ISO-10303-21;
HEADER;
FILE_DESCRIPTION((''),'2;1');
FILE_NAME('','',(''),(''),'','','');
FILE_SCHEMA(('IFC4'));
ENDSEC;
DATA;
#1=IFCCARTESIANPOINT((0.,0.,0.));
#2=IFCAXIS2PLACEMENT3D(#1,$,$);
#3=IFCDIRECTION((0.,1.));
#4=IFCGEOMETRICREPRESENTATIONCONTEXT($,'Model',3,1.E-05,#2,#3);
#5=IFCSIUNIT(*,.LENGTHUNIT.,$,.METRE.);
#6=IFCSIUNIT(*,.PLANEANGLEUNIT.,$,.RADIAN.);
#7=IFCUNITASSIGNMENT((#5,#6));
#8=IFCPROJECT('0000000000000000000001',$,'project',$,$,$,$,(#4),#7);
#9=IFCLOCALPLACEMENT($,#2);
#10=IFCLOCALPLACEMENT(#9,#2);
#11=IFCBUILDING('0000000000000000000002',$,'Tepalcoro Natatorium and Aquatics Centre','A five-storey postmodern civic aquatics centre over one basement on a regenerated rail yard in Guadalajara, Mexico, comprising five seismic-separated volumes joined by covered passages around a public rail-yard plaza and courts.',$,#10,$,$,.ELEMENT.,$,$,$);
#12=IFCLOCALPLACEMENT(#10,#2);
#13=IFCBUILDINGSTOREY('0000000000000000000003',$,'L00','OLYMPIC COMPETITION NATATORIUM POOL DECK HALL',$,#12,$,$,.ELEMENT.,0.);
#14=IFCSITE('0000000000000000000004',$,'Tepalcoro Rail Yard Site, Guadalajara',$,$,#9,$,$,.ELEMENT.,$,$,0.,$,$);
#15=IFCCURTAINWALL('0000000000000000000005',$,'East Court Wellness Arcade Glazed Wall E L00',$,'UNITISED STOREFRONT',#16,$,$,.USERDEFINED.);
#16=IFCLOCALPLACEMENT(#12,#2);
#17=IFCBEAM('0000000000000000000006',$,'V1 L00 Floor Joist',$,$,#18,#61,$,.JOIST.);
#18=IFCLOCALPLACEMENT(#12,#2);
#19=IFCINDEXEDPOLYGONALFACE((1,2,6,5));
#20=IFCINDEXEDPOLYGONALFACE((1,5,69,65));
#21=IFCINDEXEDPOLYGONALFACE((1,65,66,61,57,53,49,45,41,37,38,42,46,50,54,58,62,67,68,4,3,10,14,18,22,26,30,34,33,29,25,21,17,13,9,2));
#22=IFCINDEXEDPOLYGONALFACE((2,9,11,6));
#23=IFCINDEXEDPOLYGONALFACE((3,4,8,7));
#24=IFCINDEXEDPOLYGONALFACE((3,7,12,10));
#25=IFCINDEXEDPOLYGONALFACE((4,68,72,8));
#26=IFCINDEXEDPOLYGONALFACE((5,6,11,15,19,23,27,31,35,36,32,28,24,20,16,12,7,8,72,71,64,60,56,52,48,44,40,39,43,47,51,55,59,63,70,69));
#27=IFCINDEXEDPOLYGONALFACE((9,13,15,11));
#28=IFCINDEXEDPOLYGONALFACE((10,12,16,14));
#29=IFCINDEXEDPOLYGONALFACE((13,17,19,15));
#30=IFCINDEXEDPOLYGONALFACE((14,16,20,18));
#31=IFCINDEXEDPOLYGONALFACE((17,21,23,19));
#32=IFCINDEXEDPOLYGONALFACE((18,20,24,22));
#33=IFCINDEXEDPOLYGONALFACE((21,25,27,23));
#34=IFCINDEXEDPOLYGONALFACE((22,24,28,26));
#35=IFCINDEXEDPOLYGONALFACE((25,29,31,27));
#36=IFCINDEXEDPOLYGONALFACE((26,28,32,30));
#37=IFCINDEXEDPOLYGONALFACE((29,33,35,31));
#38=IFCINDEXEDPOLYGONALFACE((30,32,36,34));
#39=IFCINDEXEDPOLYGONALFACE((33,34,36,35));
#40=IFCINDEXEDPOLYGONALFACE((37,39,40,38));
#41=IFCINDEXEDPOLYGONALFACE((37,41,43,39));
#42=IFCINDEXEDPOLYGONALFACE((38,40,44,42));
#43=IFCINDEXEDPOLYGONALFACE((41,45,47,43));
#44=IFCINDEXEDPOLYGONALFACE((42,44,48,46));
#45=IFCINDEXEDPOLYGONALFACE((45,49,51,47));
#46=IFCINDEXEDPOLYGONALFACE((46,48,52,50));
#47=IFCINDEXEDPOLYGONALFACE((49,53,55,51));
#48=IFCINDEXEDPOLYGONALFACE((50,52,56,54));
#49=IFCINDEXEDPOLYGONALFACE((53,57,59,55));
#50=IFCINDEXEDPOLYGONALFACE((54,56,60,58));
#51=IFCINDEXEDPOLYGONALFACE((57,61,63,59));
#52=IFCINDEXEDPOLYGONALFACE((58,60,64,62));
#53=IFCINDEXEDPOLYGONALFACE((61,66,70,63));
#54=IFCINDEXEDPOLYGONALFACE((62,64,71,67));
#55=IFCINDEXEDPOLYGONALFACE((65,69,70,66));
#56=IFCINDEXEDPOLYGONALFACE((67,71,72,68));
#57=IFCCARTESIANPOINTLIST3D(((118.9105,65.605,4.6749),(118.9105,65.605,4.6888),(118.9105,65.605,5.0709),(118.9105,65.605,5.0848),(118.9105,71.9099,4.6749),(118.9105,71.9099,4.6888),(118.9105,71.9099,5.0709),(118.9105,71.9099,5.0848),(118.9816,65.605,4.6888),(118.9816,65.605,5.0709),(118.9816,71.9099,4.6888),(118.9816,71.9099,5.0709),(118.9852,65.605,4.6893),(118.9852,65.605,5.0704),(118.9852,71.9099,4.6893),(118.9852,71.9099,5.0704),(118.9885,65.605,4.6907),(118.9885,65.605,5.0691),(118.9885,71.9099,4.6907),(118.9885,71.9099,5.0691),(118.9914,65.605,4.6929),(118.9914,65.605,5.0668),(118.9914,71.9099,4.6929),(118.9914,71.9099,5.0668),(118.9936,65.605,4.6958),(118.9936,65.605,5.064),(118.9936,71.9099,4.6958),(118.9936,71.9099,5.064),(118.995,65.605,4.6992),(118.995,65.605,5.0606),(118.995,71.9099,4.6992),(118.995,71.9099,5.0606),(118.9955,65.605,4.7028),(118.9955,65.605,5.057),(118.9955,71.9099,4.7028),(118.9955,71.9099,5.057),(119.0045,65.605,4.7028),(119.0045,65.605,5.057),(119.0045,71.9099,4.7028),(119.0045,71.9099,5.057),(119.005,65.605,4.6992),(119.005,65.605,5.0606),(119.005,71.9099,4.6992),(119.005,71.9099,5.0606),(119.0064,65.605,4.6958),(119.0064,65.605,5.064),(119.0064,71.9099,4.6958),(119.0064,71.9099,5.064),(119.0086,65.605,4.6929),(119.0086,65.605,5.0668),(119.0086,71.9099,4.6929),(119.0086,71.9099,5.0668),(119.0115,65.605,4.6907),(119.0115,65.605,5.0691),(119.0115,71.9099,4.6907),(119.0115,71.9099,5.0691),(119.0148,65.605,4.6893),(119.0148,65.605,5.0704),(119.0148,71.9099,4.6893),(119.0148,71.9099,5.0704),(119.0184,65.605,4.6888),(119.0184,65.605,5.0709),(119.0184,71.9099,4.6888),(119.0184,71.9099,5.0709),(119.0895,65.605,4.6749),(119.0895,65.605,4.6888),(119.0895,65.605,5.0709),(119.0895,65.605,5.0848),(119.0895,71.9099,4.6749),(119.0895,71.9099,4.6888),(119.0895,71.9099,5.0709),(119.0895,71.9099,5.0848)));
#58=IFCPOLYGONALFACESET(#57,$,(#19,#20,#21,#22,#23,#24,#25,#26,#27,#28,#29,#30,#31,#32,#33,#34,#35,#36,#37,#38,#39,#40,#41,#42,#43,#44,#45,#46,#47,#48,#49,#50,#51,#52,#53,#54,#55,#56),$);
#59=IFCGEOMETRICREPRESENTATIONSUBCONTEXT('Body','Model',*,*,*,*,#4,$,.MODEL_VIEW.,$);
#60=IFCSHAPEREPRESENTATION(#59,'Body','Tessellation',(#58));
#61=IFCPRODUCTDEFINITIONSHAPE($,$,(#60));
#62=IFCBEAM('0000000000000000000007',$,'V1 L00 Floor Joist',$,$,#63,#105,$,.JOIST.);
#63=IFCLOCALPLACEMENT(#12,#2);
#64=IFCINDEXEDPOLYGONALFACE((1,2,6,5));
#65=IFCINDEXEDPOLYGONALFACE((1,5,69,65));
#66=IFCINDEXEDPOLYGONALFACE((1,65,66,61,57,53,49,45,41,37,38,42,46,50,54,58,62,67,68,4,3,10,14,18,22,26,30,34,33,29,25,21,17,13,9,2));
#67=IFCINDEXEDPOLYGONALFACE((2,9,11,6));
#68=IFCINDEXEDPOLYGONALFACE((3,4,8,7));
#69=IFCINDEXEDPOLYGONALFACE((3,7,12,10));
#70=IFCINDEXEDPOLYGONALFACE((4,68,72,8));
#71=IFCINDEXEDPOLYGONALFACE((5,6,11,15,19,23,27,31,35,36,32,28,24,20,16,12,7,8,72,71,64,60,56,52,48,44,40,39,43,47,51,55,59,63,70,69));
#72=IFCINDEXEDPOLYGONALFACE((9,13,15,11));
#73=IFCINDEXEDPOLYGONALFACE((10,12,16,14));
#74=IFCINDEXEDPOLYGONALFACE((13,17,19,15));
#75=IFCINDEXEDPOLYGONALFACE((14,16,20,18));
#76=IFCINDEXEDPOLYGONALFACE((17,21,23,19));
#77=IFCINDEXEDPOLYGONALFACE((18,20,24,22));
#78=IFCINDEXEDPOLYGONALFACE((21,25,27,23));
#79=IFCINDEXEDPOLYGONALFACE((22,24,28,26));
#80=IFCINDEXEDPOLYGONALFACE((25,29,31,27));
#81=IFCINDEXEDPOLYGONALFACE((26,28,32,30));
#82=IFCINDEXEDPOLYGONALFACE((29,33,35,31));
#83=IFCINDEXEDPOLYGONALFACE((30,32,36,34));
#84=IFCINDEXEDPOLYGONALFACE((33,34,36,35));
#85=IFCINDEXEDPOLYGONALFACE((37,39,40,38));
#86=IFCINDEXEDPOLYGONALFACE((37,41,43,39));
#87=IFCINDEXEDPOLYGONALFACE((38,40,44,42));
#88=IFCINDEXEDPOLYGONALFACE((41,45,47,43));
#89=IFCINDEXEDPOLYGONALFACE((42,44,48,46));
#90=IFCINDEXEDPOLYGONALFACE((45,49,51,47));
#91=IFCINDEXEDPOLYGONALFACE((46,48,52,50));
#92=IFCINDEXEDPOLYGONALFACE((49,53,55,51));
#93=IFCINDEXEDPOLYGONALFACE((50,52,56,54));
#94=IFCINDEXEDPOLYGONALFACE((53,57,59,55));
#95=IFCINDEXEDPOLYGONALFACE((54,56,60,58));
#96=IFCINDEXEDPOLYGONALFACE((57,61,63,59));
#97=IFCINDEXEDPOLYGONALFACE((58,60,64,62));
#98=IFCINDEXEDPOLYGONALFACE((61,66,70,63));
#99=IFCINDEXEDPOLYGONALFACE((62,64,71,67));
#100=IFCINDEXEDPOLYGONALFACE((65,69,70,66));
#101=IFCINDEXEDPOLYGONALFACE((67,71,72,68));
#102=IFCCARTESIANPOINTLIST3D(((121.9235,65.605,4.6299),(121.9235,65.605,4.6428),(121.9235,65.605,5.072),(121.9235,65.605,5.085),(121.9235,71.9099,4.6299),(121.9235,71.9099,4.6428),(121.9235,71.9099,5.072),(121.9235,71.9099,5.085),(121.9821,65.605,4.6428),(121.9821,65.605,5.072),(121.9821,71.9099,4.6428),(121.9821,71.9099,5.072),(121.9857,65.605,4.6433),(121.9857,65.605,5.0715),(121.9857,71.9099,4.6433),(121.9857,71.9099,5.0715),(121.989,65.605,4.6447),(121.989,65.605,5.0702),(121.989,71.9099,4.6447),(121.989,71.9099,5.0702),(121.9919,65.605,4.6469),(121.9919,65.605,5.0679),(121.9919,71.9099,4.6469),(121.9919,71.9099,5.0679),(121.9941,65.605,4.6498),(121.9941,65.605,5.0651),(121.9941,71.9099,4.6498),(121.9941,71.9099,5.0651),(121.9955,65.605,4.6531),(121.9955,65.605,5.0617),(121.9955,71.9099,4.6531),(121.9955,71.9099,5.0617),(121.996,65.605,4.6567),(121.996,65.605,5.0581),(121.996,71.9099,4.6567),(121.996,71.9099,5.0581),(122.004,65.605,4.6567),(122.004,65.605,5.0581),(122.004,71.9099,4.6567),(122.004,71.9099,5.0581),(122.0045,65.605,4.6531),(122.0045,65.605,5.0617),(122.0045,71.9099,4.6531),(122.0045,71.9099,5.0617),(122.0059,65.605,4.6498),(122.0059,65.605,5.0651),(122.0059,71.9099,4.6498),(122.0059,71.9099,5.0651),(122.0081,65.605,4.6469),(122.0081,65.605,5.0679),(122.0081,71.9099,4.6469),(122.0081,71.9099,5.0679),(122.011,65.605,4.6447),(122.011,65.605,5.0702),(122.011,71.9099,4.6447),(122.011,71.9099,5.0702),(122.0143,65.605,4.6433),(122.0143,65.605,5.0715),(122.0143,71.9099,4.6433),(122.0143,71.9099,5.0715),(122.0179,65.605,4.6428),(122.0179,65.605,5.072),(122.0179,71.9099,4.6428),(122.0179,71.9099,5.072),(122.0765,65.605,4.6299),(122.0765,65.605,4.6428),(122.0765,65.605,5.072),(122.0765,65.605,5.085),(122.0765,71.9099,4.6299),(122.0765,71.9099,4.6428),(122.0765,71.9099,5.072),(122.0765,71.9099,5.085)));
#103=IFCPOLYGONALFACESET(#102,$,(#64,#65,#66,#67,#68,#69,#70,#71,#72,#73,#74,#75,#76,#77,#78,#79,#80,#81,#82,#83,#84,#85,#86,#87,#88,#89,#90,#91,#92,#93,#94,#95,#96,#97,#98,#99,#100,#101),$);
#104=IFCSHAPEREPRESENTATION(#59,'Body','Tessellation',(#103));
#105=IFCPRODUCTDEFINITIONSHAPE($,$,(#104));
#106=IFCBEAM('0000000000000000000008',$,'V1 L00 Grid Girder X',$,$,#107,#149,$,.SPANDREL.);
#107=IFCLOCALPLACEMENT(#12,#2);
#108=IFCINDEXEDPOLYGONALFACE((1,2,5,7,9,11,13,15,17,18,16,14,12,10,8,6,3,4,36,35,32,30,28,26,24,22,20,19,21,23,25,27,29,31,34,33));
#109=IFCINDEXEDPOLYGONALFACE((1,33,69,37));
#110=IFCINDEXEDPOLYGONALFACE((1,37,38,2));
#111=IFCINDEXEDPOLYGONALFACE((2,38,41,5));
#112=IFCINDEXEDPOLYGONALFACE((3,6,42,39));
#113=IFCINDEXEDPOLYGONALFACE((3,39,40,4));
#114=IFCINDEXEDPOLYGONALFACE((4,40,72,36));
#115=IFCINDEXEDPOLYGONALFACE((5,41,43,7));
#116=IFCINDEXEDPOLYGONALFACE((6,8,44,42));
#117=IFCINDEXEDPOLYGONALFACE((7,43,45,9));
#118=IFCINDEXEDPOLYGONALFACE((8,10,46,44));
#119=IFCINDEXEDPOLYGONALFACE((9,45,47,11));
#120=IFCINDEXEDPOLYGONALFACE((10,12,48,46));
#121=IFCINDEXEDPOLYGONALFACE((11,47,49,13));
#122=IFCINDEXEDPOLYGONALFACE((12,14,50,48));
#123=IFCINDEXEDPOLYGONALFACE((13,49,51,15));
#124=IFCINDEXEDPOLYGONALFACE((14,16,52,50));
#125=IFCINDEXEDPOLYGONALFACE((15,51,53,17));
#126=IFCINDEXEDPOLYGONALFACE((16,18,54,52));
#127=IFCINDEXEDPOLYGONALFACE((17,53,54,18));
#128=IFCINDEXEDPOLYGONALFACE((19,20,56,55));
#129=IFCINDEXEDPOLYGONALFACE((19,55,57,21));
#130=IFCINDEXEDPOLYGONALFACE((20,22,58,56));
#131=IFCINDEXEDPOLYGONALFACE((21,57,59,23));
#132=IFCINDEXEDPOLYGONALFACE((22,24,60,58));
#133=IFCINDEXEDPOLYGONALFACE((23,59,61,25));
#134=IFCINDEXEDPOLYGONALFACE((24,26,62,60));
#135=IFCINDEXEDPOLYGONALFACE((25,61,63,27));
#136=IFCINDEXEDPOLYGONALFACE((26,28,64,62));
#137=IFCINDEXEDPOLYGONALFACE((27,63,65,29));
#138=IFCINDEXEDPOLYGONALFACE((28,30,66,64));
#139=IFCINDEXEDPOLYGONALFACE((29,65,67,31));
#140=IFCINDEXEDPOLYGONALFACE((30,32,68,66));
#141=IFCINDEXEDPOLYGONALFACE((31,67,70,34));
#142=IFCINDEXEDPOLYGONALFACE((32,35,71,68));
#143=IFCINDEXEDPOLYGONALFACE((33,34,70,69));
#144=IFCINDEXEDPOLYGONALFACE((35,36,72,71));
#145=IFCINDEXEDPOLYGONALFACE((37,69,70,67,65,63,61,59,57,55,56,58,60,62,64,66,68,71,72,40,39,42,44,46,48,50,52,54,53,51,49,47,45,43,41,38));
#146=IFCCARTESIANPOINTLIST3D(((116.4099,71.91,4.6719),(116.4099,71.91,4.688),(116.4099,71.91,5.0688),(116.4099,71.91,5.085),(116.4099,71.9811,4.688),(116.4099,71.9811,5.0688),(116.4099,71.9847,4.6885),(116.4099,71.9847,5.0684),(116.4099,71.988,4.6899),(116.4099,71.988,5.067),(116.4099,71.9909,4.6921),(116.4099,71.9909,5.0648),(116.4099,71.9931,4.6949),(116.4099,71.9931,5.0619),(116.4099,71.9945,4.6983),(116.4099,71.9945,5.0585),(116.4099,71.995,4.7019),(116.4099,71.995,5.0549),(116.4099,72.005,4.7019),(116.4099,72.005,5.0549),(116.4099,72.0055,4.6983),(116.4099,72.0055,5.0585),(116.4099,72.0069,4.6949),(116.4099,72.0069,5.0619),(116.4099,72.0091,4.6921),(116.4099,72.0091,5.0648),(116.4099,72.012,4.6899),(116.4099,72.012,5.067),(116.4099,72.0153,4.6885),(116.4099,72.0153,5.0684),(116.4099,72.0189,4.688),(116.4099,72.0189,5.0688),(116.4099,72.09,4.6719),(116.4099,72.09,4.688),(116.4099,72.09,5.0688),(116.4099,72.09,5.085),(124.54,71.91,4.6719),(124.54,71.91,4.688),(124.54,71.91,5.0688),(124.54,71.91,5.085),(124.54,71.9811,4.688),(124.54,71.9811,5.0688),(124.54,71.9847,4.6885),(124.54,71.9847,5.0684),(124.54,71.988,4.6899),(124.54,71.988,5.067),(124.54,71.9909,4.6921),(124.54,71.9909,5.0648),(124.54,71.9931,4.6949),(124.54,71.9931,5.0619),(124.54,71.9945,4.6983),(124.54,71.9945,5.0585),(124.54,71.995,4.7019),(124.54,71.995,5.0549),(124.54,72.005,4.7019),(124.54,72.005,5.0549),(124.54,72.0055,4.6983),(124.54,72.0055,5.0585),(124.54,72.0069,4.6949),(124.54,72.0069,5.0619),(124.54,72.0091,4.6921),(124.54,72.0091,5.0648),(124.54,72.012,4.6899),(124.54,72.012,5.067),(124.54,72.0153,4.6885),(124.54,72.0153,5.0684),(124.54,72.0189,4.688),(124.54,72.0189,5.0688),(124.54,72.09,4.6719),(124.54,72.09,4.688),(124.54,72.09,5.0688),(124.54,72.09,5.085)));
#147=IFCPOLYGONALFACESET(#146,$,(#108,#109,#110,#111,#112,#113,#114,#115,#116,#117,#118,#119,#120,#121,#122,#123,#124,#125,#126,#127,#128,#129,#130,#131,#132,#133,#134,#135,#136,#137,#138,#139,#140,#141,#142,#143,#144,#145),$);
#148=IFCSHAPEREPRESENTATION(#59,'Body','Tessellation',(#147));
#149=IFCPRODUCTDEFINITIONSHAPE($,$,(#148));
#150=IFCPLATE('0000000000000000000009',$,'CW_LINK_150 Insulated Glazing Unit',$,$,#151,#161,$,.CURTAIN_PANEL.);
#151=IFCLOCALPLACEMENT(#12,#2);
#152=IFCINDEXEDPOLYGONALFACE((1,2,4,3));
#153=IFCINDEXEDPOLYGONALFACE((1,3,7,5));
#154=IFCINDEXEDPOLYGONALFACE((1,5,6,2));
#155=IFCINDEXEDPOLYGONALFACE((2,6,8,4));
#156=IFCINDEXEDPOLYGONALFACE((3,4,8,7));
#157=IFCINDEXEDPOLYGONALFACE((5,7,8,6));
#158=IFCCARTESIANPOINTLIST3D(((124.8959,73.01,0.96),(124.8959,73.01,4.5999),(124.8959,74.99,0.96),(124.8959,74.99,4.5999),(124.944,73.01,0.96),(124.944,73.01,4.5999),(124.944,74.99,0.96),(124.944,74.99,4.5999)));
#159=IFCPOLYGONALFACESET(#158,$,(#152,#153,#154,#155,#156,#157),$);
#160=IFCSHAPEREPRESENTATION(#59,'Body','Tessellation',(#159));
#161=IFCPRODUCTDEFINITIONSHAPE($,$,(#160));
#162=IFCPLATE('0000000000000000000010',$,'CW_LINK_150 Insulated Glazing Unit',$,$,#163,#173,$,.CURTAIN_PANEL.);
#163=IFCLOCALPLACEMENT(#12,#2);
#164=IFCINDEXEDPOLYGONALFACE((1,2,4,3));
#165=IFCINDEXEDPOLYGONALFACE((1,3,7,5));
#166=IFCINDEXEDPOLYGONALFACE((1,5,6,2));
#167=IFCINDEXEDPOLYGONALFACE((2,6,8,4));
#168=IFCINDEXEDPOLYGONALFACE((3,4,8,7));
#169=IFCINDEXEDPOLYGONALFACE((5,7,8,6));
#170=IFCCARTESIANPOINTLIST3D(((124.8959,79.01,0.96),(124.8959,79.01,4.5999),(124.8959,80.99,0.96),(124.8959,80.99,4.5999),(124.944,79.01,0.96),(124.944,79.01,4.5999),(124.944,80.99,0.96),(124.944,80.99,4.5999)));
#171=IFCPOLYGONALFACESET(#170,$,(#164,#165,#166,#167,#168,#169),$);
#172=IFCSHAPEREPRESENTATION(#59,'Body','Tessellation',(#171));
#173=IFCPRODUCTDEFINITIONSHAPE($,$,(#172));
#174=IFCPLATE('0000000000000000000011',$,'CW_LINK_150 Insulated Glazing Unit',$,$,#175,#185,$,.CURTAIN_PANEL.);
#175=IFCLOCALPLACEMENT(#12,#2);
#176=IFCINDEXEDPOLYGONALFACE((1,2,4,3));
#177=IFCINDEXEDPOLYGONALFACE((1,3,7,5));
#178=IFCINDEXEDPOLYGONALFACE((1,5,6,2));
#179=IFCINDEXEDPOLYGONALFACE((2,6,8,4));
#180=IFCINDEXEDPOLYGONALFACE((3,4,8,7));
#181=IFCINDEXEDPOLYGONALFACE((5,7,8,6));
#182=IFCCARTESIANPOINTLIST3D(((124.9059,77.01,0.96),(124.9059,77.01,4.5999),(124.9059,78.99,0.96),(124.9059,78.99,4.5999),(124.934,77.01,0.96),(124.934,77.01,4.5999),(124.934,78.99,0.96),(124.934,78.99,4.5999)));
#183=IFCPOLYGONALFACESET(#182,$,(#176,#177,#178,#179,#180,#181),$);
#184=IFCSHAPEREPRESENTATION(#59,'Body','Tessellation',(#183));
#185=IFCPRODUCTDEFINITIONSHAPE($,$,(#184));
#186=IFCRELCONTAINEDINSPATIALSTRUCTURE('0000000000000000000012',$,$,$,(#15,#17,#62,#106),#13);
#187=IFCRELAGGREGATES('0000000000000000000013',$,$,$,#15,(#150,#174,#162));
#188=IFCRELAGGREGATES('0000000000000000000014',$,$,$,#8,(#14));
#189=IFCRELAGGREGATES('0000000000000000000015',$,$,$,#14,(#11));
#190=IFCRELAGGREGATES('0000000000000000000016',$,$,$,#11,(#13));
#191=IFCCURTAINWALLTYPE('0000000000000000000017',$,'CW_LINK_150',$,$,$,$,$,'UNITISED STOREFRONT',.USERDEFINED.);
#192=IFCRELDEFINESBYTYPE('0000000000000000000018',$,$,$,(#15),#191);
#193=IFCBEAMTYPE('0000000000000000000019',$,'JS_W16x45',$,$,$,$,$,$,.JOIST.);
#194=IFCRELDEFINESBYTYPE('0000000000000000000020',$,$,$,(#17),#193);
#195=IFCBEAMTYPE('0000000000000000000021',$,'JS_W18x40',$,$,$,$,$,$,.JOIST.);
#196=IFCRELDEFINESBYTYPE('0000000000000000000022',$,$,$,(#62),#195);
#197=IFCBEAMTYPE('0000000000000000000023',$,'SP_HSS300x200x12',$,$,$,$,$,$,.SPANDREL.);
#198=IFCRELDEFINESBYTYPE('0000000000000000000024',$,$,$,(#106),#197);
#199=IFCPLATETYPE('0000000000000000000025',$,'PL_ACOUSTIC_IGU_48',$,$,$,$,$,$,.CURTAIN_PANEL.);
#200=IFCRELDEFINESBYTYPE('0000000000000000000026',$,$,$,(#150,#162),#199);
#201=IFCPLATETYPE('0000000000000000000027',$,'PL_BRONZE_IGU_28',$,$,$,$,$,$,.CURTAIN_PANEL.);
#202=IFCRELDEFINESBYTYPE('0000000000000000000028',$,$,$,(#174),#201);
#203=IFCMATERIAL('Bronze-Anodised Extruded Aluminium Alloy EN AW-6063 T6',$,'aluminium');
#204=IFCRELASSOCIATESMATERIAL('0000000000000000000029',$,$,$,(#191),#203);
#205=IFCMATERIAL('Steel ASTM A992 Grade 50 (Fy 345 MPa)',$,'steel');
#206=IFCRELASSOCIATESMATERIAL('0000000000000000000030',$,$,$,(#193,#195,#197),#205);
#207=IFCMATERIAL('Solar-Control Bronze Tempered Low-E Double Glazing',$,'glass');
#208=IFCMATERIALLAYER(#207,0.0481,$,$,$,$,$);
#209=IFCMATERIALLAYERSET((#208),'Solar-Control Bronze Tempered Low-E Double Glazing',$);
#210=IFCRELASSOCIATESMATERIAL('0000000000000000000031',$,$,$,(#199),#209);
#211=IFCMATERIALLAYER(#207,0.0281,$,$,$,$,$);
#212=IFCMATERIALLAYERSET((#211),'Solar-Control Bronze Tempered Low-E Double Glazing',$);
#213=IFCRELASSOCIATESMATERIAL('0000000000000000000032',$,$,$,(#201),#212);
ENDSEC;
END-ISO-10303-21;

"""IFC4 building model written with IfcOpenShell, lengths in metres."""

from ifc_helpers import new_model, si_unit, direction, frame, origin, origin_2d, place, context, subcontext, project, spatial, rectangle, i_section, extrude, material, layer, layer_set, material_profile, profile_set, type_object, element, aggregate, save


model = new_model("IFC4")

# Units and contexts
model_context = context("Model", 3, precision=1e-05, world=origin(), true_north=direction((0.0, 1.0)))
body_context = subcontext(model_context, "Body", "Model", "MODEL_VIEW")
ifc_project = project(units=[si_unit("LENGTHUNIT", "METRE"), si_unit("PLANEANGLEUNIT", "RADIAN")], contexts=[model_context])

# Site, building, storey
site_placement = place(None, origin())
site = spatial("IfcSite", under=ifc_project, at=site_placement, Name="Tepalcoro Rail Yard Site, Guadalajara", CompositionType="ELEMENT", RefElevation=0.0)
building_placement = place(site_placement, origin())
building = spatial("IfcBuilding", under=site, at=building_placement, Name="Tepalcoro Natatorium and Aquatics Centre", Description="A five-storey postmodern civic aquatics centre over one basement on a regenerated rail yard in Guadalajara, Mexico, comprising five seismic-separated volumes joined by covered passages around a public rail-yard plaza and courts.", CompositionType="ELEMENT")
storey_placement = place(building_placement, origin())
storey = spatial("IfcBuildingStorey", under=building, at=storey_placement, Name="L00", Description="OLYMPIC COMPETITION NATATORIUM POOL DECK HALL", CompositionType="ELEMENT", Elevation=0.0)

# Shared definitions
ifc_material_1 = material(Name="Steel ASTM A992 Grade 50 (Fy 345 MPa)", Category="steel")

# Curtain wall
ifc_material_2 = material(Name="Bronze-Anodised Extruded Aluminium Alloy EN AW-6063 T6", Category="aluminium")
curtain_wall_type = type_object("IfcCurtainWallType", Name="CW_LINK_150", ElementType="UNITISED STOREFRONT", PredefinedType="USERDEFINED", material=ifc_material_2)
curtain_wall_placement = place(storey_placement, origin())
curtain_wall = element("IfcCurtainWall", 1, at=curtain_wall_placement, inside=storey, type_object=curtain_wall_type, Name="East Court Wellness Arcade Glazed Wall E L00", ObjectType="UNITISED STOREFRONT", PredefinedType="USERDEFINED")

# Beams
ifc_material_profile_1 = material_profile(ifc_material_1, i_section(OverallWidth=0.179, OverallDepth=0.4099, WebThickness=0.009, FlangeThickness=0.0139, FilletRadius=0.0139, at=origin_2d()), Name="W16X45")
ifc_profile_set_1 = profile_set([ifc_material_profile_1], Name="Steel ASTM A992 Grade 50 (Fy 345 MPa)")
beam_type_1 = type_object("IfcBeamType", Name="JS_W16x45", PredefinedType="JOIST", material=ifc_profile_set_1)
beam_1_placement = place(storey_placement, frame((119.0, 65.605, 4.8799), z_axis=(0.0, 1.0, 0.0), x_axis=(-1.0, 0.0, 0.0)))
element("IfcBeam", 2, at=beam_1_placement, inside=storey, type_object=beam_type_1, Name="V1 L00 Floor Joist", PredefinedType="JOIST", context=body_context, shape_type="SweptSolid", body=[
    extrude(i_section(OverallWidth=0.179, OverallDepth=0.4099, WebThickness=0.009, FlangeThickness=0.0139, FilletRadius=0.0139, at=origin_2d()), origin(), (0.0, 0.0, 1.0), 6.3049),
])
ifc_material_profile_2 = material_profile(ifc_material_1, i_section(OverallWidth=0.1531, OverallDepth=0.4551, WebThickness=0.0081, FlangeThickness=0.0129, FilletRadius=0.0139, at=origin_2d()), Name="W18X40")
ifc_profile_set_2 = profile_set([ifc_material_profile_2], Name="Steel ASTM A992 Grade 50 (Fy 345 MPa)")
beam_type_2 = type_object("IfcBeamType", Name="JS_W18x40", PredefinedType="JOIST", material=ifc_profile_set_2)
beam_2_placement = place(storey_placement, frame((122.0, 65.605, 4.8574), z_axis=(0.0, 1.0, 0.0), x_axis=(-1.0, 0.0, 0.0)))
element("IfcBeam", 3, at=beam_2_placement, inside=storey, type_object=beam_type_2, Name="V1 L00 Floor Joist", PredefinedType="JOIST", context=body_context, shape_type="SweptSolid", body=[
    extrude(i_section(OverallWidth=0.1531, OverallDepth=0.4551, WebThickness=0.0081, FlangeThickness=0.0129, FilletRadius=0.0139, at=origin_2d()), origin(), (0.0, 0.0, 1.0), 6.3049),
])
ifc_material_profile_3 = material_profile(ifc_material_1, i_section(OverallWidth=0.1799, OverallDepth=0.4131, WebThickness=0.01, FlangeThickness=0.0161, FilletRadius=0.0139, at=origin_2d()), Name="W16X50")
ifc_profile_set_3 = profile_set([ifc_material_profile_3], Name="Steel ASTM A992 Grade 50 (Fy 345 MPa)")
beam_type_3 = type_object("IfcBeamType", Name="SP_HSS300x200x12", PredefinedType="SPANDREL", material=ifc_profile_set_3)
beam_3_placement = place(storey_placement, frame((116.4099, 72.0, 4.8784), z_axis=(1.0, 0.0, 0.0), x_axis=(0.0, 1.0, 0.0)))
element("IfcBeam", 4, at=beam_3_placement, inside=storey, type_object=beam_type_3, Name="V1 L00 Grid Girder X", PredefinedType="SPANDREL", context=body_context, shape_type="SweptSolid", body=[
    extrude(i_section(OverallWidth=0.1799, OverallDepth=0.4131, WebThickness=0.01, FlangeThickness=0.0161, FilletRadius=0.0139, at=origin_2d()), origin(), (0.0, 0.0, 1.0), 8.1301),
])

# Plates
ifc_material_3 = material(Name="Solar-Control Bronze Tempered Low-E Double Glazing", Category="glass")
ifc_layer_1 = layer(ifc_material_3, 0.0481)
ifc_layer_set_1 = layer_set([ifc_layer_1], Name="Solar-Control Bronze Tempered Low-E Double Glazing")
plate_type_1 = type_object("IfcPlateType", Name="PL_ACOUSTIC_IGU_48", PredefinedType="CURTAIN_PANEL", material=ifc_layer_set_1)
plate_1_placement = place(storey_placement, frame((124.9199, 74.0, 0.96), z_axis=(0.0, 0.0, 1.0), x_axis=(1.0, 0.0, 0.0)))
plate_1 = element("IfcPlate", 5, at=plate_1_placement, type_object=plate_type_1, Name="CW_LINK_150 Insulated Glazing Unit", PredefinedType="CURTAIN_PANEL", context=body_context, shape_type="SweptSolid", body=[
    extrude(rectangle(XDim=0.0481, YDim=1.98, at=origin_2d()), origin(), (0.0, 0.0, 1.0), 3.6399),
])
plate_2_placement = place(storey_placement, frame((124.9199, 80.0, 0.96), z_axis=(0.0, 0.0, 1.0), x_axis=(1.0, 0.0, 0.0)))
plate_2 = element("IfcPlate", 6, at=plate_2_placement, type_object=plate_type_1, Name="CW_LINK_150 Insulated Glazing Unit", PredefinedType="CURTAIN_PANEL", context=body_context, shape_type="SweptSolid", body=[
    extrude(rectangle(XDim=0.0481, YDim=1.98, at=origin_2d()), origin(), (0.0, 0.0, 1.0), 3.6399),
])
ifc_layer_2 = layer(ifc_material_3, 0.0281)
ifc_layer_set_2 = layer_set([ifc_layer_2], Name="Solar-Control Bronze Tempered Low-E Double Glazing")
plate_type_2 = type_object("IfcPlateType", Name="PL_BRONZE_IGU_28", PredefinedType="CURTAIN_PANEL", material=ifc_layer_set_2)
plate_3_placement = place(storey_placement, frame((124.9199, 78.0, 0.96), z_axis=(0.0, 0.0, 1.0), x_axis=(1.0, 0.0, 0.0)))
plate_3 = element("IfcPlate", 7, at=plate_3_placement, type_object=plate_type_2, Name="CW_LINK_150 Insulated Glazing Unit", PredefinedType="CURTAIN_PANEL", context=body_context, shape_type="SweptSolid", body=[
    extrude(rectangle(XDim=0.0281, YDim=1.98, at=origin_2d()), origin(), (0.0, 0.0, 1.0), 3.6399),
])
aggregate(curtain_wall, [plate_1, plate_3, plate_2])

save(model, "model.ifc")
